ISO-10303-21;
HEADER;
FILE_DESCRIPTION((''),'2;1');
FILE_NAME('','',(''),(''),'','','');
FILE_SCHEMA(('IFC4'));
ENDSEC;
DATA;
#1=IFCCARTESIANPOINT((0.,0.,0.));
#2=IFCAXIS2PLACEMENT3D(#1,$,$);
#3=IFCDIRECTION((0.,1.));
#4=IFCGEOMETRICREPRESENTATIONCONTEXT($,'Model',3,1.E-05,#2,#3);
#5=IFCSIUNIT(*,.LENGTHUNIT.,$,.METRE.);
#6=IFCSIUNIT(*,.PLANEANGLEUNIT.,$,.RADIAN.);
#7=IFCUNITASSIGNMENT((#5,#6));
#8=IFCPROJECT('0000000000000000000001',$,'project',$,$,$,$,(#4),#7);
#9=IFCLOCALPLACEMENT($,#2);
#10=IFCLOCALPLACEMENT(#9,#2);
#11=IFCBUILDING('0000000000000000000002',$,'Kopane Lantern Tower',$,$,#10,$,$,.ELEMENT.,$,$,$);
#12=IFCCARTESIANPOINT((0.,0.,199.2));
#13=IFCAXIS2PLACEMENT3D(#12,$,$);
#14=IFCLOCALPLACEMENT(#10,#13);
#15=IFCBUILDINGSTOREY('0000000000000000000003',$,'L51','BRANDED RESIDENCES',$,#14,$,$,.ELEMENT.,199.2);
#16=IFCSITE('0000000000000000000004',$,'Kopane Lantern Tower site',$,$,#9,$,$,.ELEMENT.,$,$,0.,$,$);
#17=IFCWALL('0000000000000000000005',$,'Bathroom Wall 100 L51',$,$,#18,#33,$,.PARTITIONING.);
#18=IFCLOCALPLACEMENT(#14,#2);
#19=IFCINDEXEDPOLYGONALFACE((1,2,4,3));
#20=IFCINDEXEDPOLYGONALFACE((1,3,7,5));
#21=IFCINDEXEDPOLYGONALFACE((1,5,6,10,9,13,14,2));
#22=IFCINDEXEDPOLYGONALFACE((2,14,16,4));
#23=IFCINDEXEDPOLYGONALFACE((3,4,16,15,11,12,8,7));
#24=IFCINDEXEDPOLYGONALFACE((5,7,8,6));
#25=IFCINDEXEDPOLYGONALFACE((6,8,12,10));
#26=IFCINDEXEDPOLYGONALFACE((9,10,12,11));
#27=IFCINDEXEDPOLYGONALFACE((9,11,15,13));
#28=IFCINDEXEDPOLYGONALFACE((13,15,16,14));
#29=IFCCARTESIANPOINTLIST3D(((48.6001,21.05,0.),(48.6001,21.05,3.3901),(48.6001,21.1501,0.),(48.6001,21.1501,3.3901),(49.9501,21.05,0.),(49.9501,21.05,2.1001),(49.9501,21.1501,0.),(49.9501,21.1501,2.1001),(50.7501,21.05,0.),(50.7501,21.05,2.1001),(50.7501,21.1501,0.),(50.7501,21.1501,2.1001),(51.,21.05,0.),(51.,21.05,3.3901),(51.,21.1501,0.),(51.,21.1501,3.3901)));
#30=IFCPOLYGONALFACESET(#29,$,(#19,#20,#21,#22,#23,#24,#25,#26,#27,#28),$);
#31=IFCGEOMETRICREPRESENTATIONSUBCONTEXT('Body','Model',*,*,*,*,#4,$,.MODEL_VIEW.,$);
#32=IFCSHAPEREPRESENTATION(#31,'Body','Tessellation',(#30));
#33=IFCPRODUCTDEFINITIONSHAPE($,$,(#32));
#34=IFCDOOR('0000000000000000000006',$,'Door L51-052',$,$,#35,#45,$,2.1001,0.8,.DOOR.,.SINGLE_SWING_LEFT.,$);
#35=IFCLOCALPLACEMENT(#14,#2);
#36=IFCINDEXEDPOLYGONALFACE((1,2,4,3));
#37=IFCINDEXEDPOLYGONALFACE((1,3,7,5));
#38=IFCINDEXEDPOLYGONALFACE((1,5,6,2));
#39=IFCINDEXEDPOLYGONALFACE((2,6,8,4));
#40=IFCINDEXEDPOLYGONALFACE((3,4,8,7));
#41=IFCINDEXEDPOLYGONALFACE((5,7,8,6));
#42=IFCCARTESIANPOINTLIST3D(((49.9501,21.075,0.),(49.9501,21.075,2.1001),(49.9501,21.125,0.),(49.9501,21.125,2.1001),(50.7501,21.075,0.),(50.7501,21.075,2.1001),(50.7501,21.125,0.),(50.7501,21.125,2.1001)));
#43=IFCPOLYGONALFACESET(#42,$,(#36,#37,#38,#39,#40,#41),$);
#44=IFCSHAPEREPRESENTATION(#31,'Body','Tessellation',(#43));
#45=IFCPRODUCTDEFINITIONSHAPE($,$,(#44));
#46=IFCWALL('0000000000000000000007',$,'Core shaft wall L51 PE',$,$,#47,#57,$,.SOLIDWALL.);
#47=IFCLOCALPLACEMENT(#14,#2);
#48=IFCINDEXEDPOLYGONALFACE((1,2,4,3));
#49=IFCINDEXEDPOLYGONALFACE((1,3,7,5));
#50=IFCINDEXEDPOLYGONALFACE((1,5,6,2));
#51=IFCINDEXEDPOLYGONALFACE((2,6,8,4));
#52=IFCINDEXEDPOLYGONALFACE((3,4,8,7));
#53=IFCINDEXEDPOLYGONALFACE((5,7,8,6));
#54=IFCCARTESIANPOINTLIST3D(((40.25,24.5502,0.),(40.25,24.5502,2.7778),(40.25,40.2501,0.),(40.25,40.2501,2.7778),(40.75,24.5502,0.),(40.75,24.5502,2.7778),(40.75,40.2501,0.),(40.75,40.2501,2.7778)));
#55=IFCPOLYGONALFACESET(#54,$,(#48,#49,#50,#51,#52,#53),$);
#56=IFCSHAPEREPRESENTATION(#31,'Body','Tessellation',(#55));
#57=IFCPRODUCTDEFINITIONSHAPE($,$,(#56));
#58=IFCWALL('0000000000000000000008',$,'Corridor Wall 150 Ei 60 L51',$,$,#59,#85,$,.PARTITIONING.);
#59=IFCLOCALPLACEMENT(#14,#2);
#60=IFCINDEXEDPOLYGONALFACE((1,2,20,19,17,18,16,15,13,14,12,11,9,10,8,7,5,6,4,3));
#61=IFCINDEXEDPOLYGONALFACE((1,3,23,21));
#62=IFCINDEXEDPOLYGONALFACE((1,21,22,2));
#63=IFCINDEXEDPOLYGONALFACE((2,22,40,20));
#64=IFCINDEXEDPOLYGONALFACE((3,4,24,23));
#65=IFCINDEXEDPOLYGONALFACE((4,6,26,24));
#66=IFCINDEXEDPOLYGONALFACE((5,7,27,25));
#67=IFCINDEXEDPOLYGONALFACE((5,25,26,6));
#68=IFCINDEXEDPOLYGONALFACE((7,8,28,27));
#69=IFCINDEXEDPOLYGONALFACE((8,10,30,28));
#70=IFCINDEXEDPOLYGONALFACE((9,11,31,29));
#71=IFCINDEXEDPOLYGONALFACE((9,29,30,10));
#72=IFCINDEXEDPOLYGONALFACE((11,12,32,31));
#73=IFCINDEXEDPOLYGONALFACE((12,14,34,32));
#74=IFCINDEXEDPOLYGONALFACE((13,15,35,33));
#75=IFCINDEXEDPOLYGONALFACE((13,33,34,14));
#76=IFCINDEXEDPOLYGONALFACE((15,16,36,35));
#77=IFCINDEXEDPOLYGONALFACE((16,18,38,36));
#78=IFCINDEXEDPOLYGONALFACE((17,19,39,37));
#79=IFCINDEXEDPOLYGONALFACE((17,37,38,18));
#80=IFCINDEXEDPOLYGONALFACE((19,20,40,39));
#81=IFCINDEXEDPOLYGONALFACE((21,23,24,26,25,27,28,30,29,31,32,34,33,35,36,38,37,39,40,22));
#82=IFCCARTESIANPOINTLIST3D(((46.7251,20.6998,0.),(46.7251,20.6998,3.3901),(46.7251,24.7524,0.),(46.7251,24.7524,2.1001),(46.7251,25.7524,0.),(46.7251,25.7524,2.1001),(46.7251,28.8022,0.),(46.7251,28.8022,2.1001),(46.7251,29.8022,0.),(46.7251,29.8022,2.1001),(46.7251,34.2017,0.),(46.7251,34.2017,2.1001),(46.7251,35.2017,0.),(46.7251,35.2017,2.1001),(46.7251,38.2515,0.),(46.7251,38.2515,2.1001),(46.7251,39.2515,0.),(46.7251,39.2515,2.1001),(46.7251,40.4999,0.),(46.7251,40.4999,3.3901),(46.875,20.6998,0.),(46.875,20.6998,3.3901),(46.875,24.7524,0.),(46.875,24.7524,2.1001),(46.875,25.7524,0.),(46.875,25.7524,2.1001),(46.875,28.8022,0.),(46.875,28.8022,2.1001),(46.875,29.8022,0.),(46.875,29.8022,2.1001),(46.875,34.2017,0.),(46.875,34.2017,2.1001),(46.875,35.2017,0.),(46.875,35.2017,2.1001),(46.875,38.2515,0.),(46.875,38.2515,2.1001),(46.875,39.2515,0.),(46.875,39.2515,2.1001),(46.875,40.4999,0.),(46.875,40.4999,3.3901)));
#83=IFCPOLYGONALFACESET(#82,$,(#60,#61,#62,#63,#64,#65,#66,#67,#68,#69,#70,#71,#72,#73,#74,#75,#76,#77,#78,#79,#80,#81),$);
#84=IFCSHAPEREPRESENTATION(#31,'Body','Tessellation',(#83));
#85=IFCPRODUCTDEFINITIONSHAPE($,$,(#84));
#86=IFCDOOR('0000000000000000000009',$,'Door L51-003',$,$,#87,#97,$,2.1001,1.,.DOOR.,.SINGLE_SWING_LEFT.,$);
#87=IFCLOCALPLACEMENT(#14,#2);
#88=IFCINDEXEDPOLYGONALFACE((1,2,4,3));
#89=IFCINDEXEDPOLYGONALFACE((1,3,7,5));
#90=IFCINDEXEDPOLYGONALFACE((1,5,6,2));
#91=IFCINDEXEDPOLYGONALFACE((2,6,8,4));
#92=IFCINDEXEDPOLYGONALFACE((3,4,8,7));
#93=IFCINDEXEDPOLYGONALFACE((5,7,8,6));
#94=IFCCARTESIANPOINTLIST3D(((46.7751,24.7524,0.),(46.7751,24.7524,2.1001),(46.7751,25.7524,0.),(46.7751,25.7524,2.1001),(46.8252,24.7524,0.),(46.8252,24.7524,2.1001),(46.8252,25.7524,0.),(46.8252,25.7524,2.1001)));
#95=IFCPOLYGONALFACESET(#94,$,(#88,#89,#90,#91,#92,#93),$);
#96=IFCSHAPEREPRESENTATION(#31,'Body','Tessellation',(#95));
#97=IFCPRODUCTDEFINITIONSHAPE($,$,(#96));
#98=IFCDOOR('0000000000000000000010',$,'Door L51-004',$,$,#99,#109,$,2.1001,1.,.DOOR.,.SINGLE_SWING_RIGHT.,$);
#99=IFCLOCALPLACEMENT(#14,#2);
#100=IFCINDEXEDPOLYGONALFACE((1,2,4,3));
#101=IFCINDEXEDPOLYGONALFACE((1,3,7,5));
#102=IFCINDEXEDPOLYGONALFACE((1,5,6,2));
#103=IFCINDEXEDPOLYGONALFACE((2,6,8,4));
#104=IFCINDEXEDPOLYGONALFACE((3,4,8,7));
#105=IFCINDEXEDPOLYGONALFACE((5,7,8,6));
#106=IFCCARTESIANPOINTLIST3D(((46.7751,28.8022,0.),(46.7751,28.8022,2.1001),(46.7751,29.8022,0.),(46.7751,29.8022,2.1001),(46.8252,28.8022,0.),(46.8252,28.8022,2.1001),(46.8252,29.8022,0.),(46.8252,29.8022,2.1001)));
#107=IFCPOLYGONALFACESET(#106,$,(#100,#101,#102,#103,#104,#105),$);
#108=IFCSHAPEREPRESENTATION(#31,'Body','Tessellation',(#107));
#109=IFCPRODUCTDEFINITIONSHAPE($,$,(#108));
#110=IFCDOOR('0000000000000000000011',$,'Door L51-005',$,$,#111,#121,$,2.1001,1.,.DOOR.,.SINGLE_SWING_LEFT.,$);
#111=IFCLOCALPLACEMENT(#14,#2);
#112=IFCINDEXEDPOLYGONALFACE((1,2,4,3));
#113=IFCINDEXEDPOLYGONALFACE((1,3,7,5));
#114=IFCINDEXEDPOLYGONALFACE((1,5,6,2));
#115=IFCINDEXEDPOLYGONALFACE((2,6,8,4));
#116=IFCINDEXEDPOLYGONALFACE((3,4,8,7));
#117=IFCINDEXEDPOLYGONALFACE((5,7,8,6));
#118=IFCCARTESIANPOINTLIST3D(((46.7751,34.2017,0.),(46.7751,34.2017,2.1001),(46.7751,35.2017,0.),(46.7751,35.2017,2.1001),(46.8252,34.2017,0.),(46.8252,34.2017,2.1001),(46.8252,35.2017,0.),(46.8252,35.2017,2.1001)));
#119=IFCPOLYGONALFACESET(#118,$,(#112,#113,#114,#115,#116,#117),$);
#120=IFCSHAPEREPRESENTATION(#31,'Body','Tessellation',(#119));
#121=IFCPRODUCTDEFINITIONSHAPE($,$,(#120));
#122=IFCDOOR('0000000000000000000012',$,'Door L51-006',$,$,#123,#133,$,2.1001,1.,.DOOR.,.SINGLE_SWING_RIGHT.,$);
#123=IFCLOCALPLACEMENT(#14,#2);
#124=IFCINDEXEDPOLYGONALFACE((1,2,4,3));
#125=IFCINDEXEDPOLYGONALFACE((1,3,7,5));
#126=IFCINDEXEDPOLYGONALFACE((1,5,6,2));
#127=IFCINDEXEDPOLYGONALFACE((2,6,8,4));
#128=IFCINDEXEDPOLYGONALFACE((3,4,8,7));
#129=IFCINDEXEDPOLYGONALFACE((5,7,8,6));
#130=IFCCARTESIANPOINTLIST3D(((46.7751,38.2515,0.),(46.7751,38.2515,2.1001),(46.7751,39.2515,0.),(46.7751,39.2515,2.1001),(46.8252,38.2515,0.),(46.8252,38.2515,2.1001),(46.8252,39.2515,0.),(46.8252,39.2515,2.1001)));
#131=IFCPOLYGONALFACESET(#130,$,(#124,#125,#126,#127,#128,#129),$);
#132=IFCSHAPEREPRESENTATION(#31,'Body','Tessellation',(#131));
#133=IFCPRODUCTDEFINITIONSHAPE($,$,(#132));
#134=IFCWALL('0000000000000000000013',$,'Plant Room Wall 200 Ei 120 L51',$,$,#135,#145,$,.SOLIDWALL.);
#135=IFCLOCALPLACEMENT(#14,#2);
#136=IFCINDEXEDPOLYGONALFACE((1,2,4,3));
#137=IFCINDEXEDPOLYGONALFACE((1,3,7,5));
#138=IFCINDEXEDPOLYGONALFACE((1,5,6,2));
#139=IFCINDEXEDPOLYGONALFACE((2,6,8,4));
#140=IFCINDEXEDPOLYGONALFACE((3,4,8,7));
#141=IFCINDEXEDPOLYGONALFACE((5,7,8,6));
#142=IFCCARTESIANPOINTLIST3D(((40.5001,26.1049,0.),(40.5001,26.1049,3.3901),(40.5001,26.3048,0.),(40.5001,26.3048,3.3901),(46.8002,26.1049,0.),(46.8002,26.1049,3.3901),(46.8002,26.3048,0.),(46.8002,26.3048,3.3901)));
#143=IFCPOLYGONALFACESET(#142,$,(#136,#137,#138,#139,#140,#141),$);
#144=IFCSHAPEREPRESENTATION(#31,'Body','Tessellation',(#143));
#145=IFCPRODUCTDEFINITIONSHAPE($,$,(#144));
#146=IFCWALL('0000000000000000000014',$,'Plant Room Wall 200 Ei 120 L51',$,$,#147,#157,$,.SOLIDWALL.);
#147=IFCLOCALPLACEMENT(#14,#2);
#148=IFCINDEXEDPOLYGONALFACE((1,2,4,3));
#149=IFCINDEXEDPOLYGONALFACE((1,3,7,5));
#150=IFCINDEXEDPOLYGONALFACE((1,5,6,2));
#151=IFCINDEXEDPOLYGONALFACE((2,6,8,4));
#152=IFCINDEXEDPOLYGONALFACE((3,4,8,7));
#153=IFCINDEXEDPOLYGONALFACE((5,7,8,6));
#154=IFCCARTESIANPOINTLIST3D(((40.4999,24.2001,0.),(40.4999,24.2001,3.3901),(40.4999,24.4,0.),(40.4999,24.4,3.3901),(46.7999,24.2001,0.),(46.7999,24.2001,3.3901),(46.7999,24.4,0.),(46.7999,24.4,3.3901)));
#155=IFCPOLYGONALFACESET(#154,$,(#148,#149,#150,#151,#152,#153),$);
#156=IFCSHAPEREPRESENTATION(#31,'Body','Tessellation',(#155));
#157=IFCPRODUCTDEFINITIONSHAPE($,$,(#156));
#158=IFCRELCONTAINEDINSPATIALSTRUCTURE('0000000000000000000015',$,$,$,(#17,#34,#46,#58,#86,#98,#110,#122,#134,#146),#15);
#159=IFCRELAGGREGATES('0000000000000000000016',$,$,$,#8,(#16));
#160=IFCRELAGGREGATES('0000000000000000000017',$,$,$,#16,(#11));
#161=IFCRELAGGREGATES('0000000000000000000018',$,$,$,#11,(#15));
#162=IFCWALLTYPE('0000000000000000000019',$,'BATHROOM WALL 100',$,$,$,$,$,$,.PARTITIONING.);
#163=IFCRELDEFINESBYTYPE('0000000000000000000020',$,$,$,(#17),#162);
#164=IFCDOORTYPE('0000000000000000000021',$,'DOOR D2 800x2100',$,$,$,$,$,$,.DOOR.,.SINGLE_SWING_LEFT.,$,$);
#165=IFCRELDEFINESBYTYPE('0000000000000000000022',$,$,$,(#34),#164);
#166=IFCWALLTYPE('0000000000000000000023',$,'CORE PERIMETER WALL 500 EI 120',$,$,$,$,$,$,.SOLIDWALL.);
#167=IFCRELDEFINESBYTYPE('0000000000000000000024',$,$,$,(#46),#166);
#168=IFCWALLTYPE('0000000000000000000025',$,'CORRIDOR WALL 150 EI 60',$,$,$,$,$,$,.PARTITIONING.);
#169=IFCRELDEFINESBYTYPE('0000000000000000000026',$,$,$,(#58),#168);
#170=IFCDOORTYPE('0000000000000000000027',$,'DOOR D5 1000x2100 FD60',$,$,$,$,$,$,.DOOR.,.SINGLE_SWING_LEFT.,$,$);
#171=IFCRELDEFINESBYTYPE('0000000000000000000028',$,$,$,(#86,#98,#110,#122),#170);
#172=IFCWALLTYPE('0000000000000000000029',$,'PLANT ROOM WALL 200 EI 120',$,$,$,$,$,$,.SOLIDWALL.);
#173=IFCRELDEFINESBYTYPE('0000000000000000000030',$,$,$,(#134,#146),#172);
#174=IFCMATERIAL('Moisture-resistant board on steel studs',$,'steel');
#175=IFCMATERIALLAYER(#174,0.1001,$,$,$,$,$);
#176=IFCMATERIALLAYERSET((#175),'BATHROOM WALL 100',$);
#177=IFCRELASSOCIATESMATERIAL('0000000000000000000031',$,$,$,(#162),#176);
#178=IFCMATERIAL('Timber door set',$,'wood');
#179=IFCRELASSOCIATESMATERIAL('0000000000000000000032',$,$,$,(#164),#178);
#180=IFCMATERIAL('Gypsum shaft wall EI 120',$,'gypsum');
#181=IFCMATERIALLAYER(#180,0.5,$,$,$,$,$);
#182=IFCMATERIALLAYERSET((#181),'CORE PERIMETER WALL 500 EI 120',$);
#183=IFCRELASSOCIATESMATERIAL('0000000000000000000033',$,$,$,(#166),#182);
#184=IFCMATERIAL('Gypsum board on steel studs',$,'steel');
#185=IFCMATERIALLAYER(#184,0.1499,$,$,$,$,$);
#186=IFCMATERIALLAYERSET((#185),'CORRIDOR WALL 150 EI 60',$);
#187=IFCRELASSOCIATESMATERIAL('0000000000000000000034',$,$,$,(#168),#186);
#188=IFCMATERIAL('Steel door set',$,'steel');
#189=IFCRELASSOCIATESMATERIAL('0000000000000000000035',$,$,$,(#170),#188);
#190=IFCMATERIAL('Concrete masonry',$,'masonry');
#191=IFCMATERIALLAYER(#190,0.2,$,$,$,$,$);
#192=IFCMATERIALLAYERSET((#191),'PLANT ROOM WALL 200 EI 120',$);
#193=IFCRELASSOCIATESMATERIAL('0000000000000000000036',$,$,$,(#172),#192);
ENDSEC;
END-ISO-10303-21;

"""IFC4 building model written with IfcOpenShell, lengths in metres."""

from ifc_helpers import new_model, si_unit, direction, frame, frame_2d, origin, place, context, subcontext, project, spatial, rectangle, extrude, material, layer, layer_set, type_object, element, fill, save


model = new_model("IFC4")

# Units and contexts
model_context = context("Model", 3, precision=1e-05, world=origin(), true_north=direction((0.0, 1.0)))
body_context = subcontext(model_context, "Body", "Model", "MODEL_VIEW")
ifc_project = project(units=[si_unit("LENGTHUNIT", "METRE"), si_unit("PLANEANGLEUNIT", "RADIAN")], contexts=[model_context])

# Site, building, storey
site_placement = place(None, origin())
site = spatial("IfcSite", under=ifc_project, at=site_placement, Name="Kopane Lantern Tower site", CompositionType="ELEMENT", RefElevation=0.0)
building_placement = place(site_placement, origin())
building = spatial("IfcBuilding", under=site, at=building_placement, Name="Kopane Lantern Tower", CompositionType="ELEMENT")
storey_placement = place(building_placement, frame((0.0, 0.0, 199.2)))
storey = spatial("IfcBuildingStorey", under=building, at=storey_placement, Name="L51", Description="BRANDED RESIDENCES", CompositionType="ELEMENT", Elevation=199.2)

# Wall, opening, door
ifc_material_1 = material(Name="Moisture-resistant board on steel studs", Category="steel")
ifc_layer_1 = layer(ifc_material_1, 0.1001)
ifc_layer_set_1 = layer_set([ifc_layer_1], Name="BATHROOM WALL 100")
wall_type_1 = type_object("IfcWallType", Name="BATHROOM WALL 100", PredefinedType="PARTITIONING", material=ifc_layer_set_1)
wall_1_placement = place(storey_placement, frame((48.6001, 21.1001, 0.0), z_axis=(0.0, 0.0, 1.0), x_axis=(1.0, 0.0, 0.0)))
wall_1 = element("IfcWall", 1, at=wall_1_placement, inside=storey, type_object=wall_type_1, Name="Bathroom Wall 100 L51", PredefinedType="PARTITIONING", context=body_context, shape_type="SweptSolid", body=[
    extrude(rectangle(XDim=2.3999, YDim=0.1001, at=frame_2d((1.2, 0.0))), origin(), (0.0, 0.0, 1.0), 3.3901),
])
opening_1_placement = place(wall_1_placement, frame((1.3501, 0.0, 0.0)))
opening_1 = element("IfcOpeningElement", 2, at=opening_1_placement, cuts=wall_1, PredefinedType="OPENING", context=body_context, shape_type="SweptSolid", body=[
    extrude(rectangle(XDim=0.8, YDim=2.1001, at=frame_2d((0.3999, 1.05))), frame((0.0, 0.0601, 0.0), z_axis=(0.0, -1.0, 0.0), x_axis=(1.0, 0.0, 0.0)), (0.0, 0.0, 1.0), 0.1201),
])
ifc_material_2 = material(Name="Timber door set", Category="wood")
door_type_1 = type_object("IfcDoorType", Name="DOOR D2 800x2100", OperationType="SINGLE_SWING_LEFT", PredefinedType="DOOR", material=ifc_material_2)
door_1_placement = place(opening_1_placement, origin())
door_1 = element("IfcDoor", 3, at=door_1_placement, inside=storey, type_object=door_type_1, Name="Door L51-052", OperationType="SINGLE_SWING_LEFT", OverallHeight=2.1001, OverallWidth=0.8, PredefinedType="DOOR", context=body_context, shape_type="SweptSolid", body=[
    extrude(rectangle(XDim=0.8, YDim=2.1001, at=frame_2d((0.3999, 1.05))), frame((0.0, 0.0249, 0.0), z_axis=(0.0, -1.0, 0.0), x_axis=(1.0, 0.0, 0.0)), (0.0, 0.0, 1.0), 0.05),
])
fill(opening_1, door_1)

# Wall
ifc_material_3 = material(Name="Gypsum shaft wall EI 120", Category="gypsum")
ifc_layer_2 = layer(ifc_material_3, 0.5)
ifc_layer_set_2 = layer_set([ifc_layer_2], Name="CORE PERIMETER WALL 500 EI 120")
wall_type_2 = type_object("IfcWallType", Name="CORE PERIMETER WALL 500 EI 120", PredefinedType="SOLIDWALL", material=ifc_layer_set_2)
wall_2_placement = place(storey_placement, frame((40.5, 24.55, 0.0), z_axis=(0.0, 0.0, 1.0), x_axis=(0.0, 1.0, 0.0)))
element("IfcWall", 4, at=wall_2_placement, inside=storey, type_object=wall_type_2, Name="Core shaft wall L51 PE", PredefinedType="SOLIDWALL", context=body_context, shape_type="SweptSolid", body=[
    extrude(rectangle(XDim=15.7, YDim=0.5, at=frame_2d((7.8501, 0.0))), origin(), (0.0, 0.0, 1.0), 2.7778),
])

# Wall, openings, doors
ifc_material_4 = material(Name="Gypsum board on steel studs", Category="steel")
ifc_layer_3 = layer(ifc_material_4, 0.1499)
ifc_layer_set_3 = layer_set([ifc_layer_3], Name="CORRIDOR WALL 150 EI 60")
wall_type_3 = type_object("IfcWallType", Name="CORRIDOR WALL 150 EI 60", PredefinedType="PARTITIONING", material=ifc_layer_set_3)
wall_3_placement = place(storey_placement, frame((46.8, 20.7, 0.0), z_axis=(0.0, 0.0, 1.0), x_axis=(0.0, 1.0, 0.0)))
wall_3 = element("IfcWall", 5, at=wall_3_placement, inside=storey, type_object=wall_type_3, Name="Corridor Wall 150 Ei 60 L51", PredefinedType="PARTITIONING", context=body_context, shape_type="SweptSolid", body=[
    extrude(rectangle(XDim=19.8, YDim=0.1499, at=frame_2d((9.8999, 0.0))), origin(), (0.0, 0.0, 1.0), 3.3901),
])
opening_2_placement = place(wall_3_placement, frame((4.0525, 0.0, 0.0)))
opening_2 = element("IfcOpeningElement", 6, at=opening_2_placement, cuts=wall_3, PredefinedType="OPENING", context=body_context, shape_type="SweptSolid", body=[
    extrude(rectangle(XDim=1.0, YDim=2.1001, at=frame_2d((0.5, 1.05))), frame((0.0, 0.085, 0.0), z_axis=(0.0, -1.0, 0.0), x_axis=(1.0, 0.0, 0.0)), (0.0, 0.0, 1.0), 0.1699),
])
opening_3_placement = place(wall_3_placement, frame((8.1023, 0.0, 0.0)))
opening_3 = element("IfcOpeningElement", 7, at=opening_3_placement, cuts=wall_3, PredefinedType="OPENING", context=body_context, shape_type="SweptSolid", body=[
    extrude(rectangle(XDim=1.0, YDim=2.1001, at=frame_2d((0.5, 1.05))), frame((0.0, 0.085, 0.0), z_axis=(0.0, -1.0, 0.0), x_axis=(1.0, 0.0, 0.0)), (0.0, 0.0, 1.0), 0.1699),
])
opening_4_placement = place(wall_3_placement, frame((13.5017, 0.0, 0.0)))
opening_4 = element("IfcOpeningElement", 8, at=opening_4_placement, cuts=wall_3, PredefinedType="OPENING", context=body_context, shape_type="SweptSolid", body=[
    extrude(rectangle(XDim=1.0, YDim=2.1001, at=frame_2d((0.5, 1.05))), frame((0.0, 0.085, 0.0), z_axis=(0.0, -1.0, 0.0), x_axis=(1.0, 0.0, 0.0)), (0.0, 0.0, 1.0), 0.1699),
])
opening_5_placement = place(wall_3_placement, frame((17.5515, 0.0, 0.0)))
opening_5 = element("IfcOpeningElement", 9, at=opening_5_placement, cuts=wall_3, PredefinedType="OPENING", context=body_context, shape_type="SweptSolid", body=[
    extrude(rectangle(XDim=1.0, YDim=2.1001, at=frame_2d((0.5, 1.05))), frame((0.0, 0.085, 0.0), z_axis=(0.0, -1.0, 0.0), x_axis=(1.0, 0.0, 0.0)), (0.0, 0.0, 1.0), 0.1699),
])
ifc_material_5 = material(Name="Steel door set", Category="steel")
door_type_2 = type_object("IfcDoorType", Name="DOOR D5 1000x2100 FD60", OperationType="SINGLE_SWING_LEFT", PredefinedType="DOOR", material=ifc_material_5)
door_2_placement = place(opening_2_placement, origin())
door_2 = element("IfcDoor", 10, at=door_2_placement, inside=storey, type_object=door_type_2, Name="Door L51-003", OperationType="SINGLE_SWING_LEFT", OverallHeight=2.1001, OverallWidth=1.0, PredefinedType="DOOR", context=body_context, shape_type="SweptSolid", body=[
    extrude(rectangle(XDim=1.0, YDim=2.1001, at=frame_2d((0.5, 1.05))), frame((0.0, 0.0249, 0.0), z_axis=(0.0, -1.0, 0.0), x_axis=(1.0, 0.0, 0.0)), (0.0, 0.0, 1.0), 0.05),
])
fill(opening_2, door_2)
door_3_placement = place(opening_3_placement, origin())
door_3 = element("IfcDoor", 11, at=door_3_placement, inside=storey, type_object=door_type_2, Name="Door L51-004", OperationType="SINGLE_SWING_RIGHT", OverallHeight=2.1001, OverallWidth=1.0, PredefinedType="DOOR", context=body_context, shape_type="SweptSolid", body=[
    extrude(rectangle(XDim=1.0, YDim=2.1001, at=frame_2d((0.5, 1.05))), frame((0.0, 0.0249, 0.0), z_axis=(0.0, -1.0, 0.0), x_axis=(1.0, 0.0, 0.0)), (0.0, 0.0, 1.0), 0.05),
])
fill(opening_3, door_3)
door_4_placement = place(opening_4_placement, origin())
door_4 = element("IfcDoor", 12, at=door_4_placement, inside=storey, type_object=door_type_2, Name="Door L51-005", OperationType="SINGLE_SWING_LEFT", OverallHeight=2.1001, OverallWidth=1.0, PredefinedType="DOOR", context=body_context, shape_type="SweptSolid", body=[
    extrude(rectangle(XDim=1.0, YDim=2.1001, at=frame_2d((0.5, 1.05))), frame((0.0, 0.0249, 0.0), z_axis=(0.0, -1.0, 0.0), x_axis=(1.0, 0.0, 0.0)), (0.0, 0.0, 1.0), 0.05),
])
fill(opening_4, door_4)
door_5_placement = place(opening_5_placement, origin())
door_5 = element("IfcDoor", 13, at=door_5_placement, inside=storey, type_object=door_type_2, Name="Door L51-006", OperationType="SINGLE_SWING_RIGHT", OverallHeight=2.1001, OverallWidth=1.0, PredefinedType="DOOR", context=body_context, shape_type="SweptSolid", body=[
    extrude(rectangle(XDim=1.0, YDim=2.1001, at=frame_2d((0.5, 1.05))), frame((0.0, 0.0249, 0.0), z_axis=(0.0, -1.0, 0.0), x_axis=(1.0, 0.0, 0.0)), (0.0, 0.0, 1.0), 0.05),
])
fill(opening_5, door_5)

# Walls
ifc_material_6 = material(Name="Concrete masonry", Category="masonry")
ifc_layer_4 = layer(ifc_material_6, 0.2)
ifc_layer_set_4 = layer_set([ifc_layer_4], Name="PLANT ROOM WALL 200 EI 120")
wall_type_4 = type_object("IfcWallType", Name="PLANT ROOM WALL 200 EI 120", PredefinedType="SOLIDWALL", material=ifc_layer_set_4)
for number, where, z_axis, x_axis, name in (
    (14, (46.8, 26.2048, 0.0), (0.0, 0.0, 1.0), (-1.0, 0.0, 0.0), "Plant Room Wall 200 Ei 120 L51"),
    (15, (40.5, 24.3, 0.0), (0.0, 0.0, 1.0), (1.0, 0.0, 0.0), "Plant Room Wall 200 Ei 120 L51"),
):
    element("IfcWall", number, at=place(storey_placement, frame(where, z_axis=z_axis, x_axis=x_axis)), inside=storey, type_object=wall_type_4, Name=name, PredefinedType="SOLIDWALL", context=body_context, shape_type="SweptSolid", body=[
        extrude(rectangle(XDim=6.3, YDim=0.2, at=frame_2d((3.1499, 0.0))), origin(), (0.0, 0.0, 1.0), 3.3901),
    ])

save(model, "model.ifc")
